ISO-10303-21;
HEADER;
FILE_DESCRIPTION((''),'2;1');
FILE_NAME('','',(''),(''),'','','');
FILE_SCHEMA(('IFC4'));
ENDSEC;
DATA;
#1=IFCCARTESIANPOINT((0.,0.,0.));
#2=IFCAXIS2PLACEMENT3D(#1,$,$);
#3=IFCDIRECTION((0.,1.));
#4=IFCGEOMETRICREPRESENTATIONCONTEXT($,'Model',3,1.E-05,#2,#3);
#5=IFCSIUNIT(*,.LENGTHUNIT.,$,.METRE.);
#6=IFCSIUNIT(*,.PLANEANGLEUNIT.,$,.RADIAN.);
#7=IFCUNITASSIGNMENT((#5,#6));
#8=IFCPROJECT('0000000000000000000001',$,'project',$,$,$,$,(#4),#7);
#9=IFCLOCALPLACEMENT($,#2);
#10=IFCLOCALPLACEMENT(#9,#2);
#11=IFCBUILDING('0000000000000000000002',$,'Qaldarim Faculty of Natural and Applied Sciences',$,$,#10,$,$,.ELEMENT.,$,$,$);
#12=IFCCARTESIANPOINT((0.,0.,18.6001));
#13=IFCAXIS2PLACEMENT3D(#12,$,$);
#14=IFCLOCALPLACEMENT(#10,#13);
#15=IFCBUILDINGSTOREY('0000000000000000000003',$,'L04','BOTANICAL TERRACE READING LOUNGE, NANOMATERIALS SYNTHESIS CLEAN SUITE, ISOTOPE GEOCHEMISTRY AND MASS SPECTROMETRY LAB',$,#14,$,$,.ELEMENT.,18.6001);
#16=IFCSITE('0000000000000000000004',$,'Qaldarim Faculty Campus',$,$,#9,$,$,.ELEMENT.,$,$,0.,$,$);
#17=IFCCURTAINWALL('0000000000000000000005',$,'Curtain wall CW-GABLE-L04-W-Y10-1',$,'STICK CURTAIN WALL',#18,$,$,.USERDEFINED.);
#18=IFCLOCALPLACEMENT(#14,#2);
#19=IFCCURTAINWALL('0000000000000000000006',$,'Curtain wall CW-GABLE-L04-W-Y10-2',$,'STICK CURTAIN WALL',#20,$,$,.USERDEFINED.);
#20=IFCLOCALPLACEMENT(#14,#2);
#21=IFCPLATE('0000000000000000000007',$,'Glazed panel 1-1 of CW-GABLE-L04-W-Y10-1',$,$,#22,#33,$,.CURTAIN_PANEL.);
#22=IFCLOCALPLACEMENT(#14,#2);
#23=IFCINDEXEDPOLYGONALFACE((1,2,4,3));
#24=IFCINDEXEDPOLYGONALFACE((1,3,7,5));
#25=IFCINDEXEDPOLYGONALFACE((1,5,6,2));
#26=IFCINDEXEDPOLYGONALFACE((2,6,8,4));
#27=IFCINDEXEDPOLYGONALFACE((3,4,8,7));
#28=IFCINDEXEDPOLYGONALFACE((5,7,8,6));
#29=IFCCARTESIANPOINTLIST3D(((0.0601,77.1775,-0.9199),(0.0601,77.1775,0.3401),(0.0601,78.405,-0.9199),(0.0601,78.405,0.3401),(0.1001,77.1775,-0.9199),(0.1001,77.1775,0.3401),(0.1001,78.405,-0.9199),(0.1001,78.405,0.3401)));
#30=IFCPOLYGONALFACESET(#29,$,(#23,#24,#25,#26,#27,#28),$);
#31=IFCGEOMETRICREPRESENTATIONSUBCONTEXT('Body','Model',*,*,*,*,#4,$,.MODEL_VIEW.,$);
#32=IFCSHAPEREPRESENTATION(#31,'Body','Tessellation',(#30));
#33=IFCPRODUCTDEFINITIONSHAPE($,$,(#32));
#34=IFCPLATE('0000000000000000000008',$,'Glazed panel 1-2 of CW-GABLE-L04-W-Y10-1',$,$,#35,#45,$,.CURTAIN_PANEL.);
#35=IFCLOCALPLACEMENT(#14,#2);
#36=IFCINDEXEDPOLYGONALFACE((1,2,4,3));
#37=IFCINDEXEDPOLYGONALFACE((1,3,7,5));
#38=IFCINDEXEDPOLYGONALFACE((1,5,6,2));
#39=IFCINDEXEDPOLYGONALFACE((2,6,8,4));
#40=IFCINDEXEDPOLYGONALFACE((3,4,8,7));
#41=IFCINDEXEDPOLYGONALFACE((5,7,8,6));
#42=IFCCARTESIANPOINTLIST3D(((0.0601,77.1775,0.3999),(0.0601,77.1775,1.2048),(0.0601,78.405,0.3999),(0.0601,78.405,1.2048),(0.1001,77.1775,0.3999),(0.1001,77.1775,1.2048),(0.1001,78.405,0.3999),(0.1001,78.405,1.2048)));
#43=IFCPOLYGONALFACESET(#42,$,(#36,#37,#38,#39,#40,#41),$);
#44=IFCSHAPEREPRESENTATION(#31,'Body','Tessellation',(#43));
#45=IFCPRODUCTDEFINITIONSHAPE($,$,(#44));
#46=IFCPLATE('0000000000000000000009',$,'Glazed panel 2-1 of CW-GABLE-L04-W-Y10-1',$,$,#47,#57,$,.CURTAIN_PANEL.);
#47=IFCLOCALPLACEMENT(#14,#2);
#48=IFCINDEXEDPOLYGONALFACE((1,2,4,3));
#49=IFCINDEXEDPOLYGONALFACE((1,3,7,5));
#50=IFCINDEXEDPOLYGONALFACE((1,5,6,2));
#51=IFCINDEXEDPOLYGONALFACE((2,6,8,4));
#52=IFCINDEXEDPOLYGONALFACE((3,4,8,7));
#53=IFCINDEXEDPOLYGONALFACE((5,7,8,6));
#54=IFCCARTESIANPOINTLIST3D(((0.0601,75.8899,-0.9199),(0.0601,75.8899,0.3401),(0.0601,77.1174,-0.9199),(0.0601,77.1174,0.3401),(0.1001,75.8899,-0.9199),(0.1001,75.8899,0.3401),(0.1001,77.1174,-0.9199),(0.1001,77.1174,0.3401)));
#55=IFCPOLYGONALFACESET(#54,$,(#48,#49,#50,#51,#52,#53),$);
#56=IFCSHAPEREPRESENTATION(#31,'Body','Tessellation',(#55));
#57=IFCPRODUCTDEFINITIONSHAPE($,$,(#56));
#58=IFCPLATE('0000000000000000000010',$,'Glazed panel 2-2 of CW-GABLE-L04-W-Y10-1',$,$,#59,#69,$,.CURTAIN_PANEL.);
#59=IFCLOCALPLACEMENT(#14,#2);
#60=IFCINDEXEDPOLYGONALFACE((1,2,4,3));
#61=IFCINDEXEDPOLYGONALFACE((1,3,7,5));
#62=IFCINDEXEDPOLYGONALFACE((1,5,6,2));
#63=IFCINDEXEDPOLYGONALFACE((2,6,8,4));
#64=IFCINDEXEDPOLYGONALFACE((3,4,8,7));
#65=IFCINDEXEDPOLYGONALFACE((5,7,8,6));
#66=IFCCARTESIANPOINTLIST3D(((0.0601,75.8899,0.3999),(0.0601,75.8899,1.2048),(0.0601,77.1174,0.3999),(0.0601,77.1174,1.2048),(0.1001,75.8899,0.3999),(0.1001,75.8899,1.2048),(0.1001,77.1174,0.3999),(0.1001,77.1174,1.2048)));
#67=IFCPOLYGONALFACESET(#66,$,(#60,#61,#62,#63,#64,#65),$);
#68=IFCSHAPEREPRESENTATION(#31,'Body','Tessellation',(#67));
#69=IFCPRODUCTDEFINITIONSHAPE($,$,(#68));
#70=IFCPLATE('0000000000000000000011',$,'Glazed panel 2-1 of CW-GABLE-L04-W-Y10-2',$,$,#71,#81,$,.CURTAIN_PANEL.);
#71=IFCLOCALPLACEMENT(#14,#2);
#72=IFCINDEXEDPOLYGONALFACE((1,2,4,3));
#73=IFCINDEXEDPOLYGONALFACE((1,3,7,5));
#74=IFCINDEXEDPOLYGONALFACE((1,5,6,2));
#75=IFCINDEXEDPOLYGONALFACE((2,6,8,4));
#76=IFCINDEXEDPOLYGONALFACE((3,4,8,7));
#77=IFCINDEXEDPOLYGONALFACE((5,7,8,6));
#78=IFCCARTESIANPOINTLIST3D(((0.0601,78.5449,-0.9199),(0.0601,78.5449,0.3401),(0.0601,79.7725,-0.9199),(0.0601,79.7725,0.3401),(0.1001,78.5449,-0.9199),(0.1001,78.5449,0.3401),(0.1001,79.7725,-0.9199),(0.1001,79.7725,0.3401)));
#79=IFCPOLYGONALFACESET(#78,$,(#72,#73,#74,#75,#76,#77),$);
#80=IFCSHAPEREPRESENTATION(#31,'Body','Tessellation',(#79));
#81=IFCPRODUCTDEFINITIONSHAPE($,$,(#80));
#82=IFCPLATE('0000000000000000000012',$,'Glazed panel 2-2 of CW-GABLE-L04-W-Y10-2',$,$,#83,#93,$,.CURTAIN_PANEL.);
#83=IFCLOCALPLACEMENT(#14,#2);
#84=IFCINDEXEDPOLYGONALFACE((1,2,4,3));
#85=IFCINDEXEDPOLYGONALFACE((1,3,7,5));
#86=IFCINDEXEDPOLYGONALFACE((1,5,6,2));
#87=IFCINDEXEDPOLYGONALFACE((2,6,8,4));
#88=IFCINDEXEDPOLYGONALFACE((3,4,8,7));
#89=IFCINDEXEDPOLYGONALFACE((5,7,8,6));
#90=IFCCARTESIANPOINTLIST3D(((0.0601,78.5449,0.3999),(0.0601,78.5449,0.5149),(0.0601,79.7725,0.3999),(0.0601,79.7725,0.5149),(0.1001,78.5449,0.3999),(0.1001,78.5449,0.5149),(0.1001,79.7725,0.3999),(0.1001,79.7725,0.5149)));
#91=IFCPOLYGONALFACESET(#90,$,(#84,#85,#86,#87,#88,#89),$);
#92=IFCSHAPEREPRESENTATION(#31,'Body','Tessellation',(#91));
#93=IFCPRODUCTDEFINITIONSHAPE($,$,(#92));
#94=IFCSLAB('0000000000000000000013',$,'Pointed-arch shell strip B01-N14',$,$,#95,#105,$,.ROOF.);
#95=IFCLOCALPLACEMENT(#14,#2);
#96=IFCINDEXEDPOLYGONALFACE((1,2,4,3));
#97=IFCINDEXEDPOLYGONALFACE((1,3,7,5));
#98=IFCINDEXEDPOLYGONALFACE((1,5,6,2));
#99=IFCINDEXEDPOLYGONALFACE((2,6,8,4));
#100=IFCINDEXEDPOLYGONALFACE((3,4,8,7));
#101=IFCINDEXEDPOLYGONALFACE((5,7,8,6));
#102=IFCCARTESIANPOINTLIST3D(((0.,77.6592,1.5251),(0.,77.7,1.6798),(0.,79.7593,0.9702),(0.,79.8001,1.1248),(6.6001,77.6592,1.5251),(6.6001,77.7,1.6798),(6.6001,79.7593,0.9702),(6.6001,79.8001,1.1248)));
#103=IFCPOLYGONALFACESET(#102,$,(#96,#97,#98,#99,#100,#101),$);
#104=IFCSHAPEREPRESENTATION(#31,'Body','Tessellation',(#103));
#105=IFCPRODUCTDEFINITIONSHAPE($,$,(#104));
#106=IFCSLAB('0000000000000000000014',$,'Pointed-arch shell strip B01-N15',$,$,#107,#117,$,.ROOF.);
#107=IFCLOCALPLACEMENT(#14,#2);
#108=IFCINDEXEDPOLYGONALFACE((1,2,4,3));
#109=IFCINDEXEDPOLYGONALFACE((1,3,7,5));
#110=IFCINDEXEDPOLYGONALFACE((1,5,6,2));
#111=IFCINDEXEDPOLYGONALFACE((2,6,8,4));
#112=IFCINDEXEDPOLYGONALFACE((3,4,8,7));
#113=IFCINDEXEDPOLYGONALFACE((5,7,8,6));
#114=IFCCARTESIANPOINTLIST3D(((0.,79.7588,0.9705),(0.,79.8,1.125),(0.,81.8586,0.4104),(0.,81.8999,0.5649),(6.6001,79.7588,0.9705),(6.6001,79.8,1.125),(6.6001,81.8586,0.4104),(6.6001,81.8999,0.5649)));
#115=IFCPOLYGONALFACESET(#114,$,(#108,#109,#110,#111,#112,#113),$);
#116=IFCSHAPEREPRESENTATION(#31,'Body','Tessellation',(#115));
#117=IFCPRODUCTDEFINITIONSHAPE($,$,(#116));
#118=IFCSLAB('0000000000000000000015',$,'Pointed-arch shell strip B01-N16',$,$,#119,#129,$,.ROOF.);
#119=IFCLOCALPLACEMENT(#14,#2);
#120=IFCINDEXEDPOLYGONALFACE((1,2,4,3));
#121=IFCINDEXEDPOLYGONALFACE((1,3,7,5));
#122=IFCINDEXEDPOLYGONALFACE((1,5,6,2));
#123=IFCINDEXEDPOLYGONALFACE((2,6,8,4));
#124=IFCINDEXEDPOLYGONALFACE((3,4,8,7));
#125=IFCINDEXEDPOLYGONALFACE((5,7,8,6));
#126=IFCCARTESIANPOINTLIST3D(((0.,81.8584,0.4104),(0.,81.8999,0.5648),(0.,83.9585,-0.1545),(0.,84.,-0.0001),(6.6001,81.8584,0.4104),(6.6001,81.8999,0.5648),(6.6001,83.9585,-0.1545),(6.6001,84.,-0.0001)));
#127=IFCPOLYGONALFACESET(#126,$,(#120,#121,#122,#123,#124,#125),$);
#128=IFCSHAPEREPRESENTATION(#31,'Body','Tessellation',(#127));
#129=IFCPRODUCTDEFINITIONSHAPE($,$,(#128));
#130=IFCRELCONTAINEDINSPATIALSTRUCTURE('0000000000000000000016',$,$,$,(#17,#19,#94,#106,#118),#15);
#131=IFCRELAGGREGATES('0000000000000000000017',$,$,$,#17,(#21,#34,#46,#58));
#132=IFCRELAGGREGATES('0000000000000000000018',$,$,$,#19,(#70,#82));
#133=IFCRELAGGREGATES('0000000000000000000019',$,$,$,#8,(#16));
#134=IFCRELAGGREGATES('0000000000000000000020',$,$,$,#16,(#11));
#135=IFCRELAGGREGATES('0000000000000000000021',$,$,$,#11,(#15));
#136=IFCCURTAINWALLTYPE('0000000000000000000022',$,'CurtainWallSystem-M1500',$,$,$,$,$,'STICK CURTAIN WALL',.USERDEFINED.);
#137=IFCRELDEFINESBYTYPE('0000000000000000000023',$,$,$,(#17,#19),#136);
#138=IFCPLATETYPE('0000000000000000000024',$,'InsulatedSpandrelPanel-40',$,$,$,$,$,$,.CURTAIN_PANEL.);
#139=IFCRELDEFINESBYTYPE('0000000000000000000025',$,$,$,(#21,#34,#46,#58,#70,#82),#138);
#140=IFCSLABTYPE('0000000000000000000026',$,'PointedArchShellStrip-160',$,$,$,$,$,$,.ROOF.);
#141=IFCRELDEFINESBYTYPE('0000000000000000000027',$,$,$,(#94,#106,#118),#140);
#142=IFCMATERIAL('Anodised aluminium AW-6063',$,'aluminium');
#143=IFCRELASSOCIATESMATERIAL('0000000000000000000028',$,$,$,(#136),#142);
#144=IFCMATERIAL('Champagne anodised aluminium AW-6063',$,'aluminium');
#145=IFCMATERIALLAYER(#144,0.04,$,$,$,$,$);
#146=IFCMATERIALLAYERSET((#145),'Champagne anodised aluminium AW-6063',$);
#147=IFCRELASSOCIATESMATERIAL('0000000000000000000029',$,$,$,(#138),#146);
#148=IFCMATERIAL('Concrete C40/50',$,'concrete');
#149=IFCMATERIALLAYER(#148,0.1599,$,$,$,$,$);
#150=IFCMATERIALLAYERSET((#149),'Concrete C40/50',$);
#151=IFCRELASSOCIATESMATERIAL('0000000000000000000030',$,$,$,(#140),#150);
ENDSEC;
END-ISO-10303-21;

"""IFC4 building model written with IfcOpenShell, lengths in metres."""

from ifc_helpers import new_model, si_unit, direction, frame, origin, origin_2d, place, context, subcontext, project, spatial, polyline, rectangle, outline, extrude, material, layer, layer_set, type_object, element, aggregate, save


model = new_model("IFC4")

# Units and contexts
model_context = context("Model", 3, precision=1e-05, world=origin(), true_north=direction((0.0, 1.0)))
body_context = subcontext(model_context, "Body", "Model", "MODEL_VIEW")
ifc_project = project(units=[si_unit("LENGTHUNIT", "METRE"), si_unit("PLANEANGLEUNIT", "RADIAN")], contexts=[model_context])

# Site, building, storey
site_placement = place(None, origin())
site = spatial("IfcSite", under=ifc_project, at=site_placement, Name="Qaldarim Faculty Campus", CompositionType="ELEMENT", RefElevation=0.0)
building_placement = place(site_placement, origin())
building = spatial("IfcBuilding", under=site, at=building_placement, Name="Qaldarim Faculty of Natural and Applied Sciences", CompositionType="ELEMENT")
storey_placement = place(building_placement, frame((0.0, 0.0, 18.6001)))
storey = spatial("IfcBuildingStorey", under=building, at=storey_placement, Name="L04", Description="BOTANICAL TERRACE READING LOUNGE, NANOMATERIALS SYNTHESIS CLEAN SUITE, ISOTOPE GEOCHEMISTRY AND MASS SPECTROMETRY LAB", CompositionType="ELEMENT", Elevation=18.6001)

# Curtain wall
ifc_material_1 = material(Name="Anodised aluminium AW-6063", Category="aluminium")
curtain_wall_type = type_object("IfcCurtainWallType", Name="CurtainWallSystem-M1500", ElementType="STICK CURTAIN WALL", PredefinedType="USERDEFINED", material=ifc_material_1)
curtain_wall_1_placement = place(storey_placement, origin())
curtain_wall_1 = element("IfcCurtainWall", 1, at=curtain_wall_1_placement, inside=storey, type_object=curtain_wall_type, Name="Curtain wall CW-GABLE-L04-W-Y10-1", ObjectType="STICK CURTAIN WALL", PredefinedType="USERDEFINED")

# Curtain wall
curtain_wall_2_placement = place(storey_placement, origin())
curtain_wall_2 = element("IfcCurtainWall", 2, at=curtain_wall_2_placement, inside=storey, type_object=curtain_wall_type, Name="Curtain wall CW-GABLE-L04-W-Y10-2", ObjectType="STICK CURTAIN WALL", PredefinedType="USERDEFINED")

# Plates
ifc_material_2 = material(Name="Champagne anodised aluminium AW-6063", Category="aluminium")
ifc_layer_1 = layer(ifc_material_2, 0.04)
ifc_layer_set_1 = layer_set([ifc_layer_1], Name="Champagne anodised aluminium AW-6063")
plate_type = type_object("IfcPlateType", Name="InsulatedSpandrelPanel-40", PredefinedType="CURTAIN_PANEL", material=ifc_layer_set_1)
plate_1_placement = place(storey_placement, frame((0.0801, 77.7913, -0.9199), z_axis=(0.0, 0.0, 1.0), x_axis=(0.0, -1.0, 0.0)))
plate_1 = element("IfcPlate", 3, at=plate_1_placement, type_object=plate_type, Name="Glazed panel 1-1 of CW-GABLE-L04-W-Y10-1", PredefinedType="CURTAIN_PANEL", context=body_context, shape_type="SweptSolid", body=[
    extrude(rectangle(XDim=1.2275, YDim=0.04, at=origin_2d()), origin(), (0.0, 0.0, 1.0), 1.26),
])
plate_2_placement = place(storey_placement, frame((0.0801, 77.7913, 0.3999), z_axis=(0.0, 0.0, 1.0), x_axis=(0.0, -1.0, 0.0)))
plate_2 = element("IfcPlate", 4, at=plate_2_placement, type_object=plate_type, Name="Glazed panel 1-2 of CW-GABLE-L04-W-Y10-1", PredefinedType="CURTAIN_PANEL", context=body_context, shape_type="SweptSolid", body=[
    extrude(rectangle(XDim=1.2275, YDim=0.04, at=origin_2d()), origin(), (0.0, 0.0, 1.0), 0.8049),
])
plate_3_placement = place(storey_placement, frame((0.0801, 76.5037, -0.9199), z_axis=(0.0, 0.0, 1.0), x_axis=(0.0, -1.0, 0.0)))
plate_3 = element("IfcPlate", 5, at=plate_3_placement, type_object=plate_type, Name="Glazed panel 2-1 of CW-GABLE-L04-W-Y10-1", PredefinedType="CURTAIN_PANEL", context=body_context, shape_type="SweptSolid", body=[
    extrude(rectangle(XDim=1.2275, YDim=0.04, at=origin_2d()), origin(), (0.0, 0.0, 1.0), 1.26),
])
plate_4_placement = place(storey_placement, frame((0.0801, 76.5037, 0.3999), z_axis=(0.0, 0.0, 1.0), x_axis=(0.0, -1.0, 0.0)))
plate_4 = element("IfcPlate", 6, at=plate_4_placement, type_object=plate_type, Name="Glazed panel 2-2 of CW-GABLE-L04-W-Y10-1", PredefinedType="CURTAIN_PANEL", context=body_context, shape_type="SweptSolid", body=[
    extrude(rectangle(XDim=1.2275, YDim=0.04, at=origin_2d()), origin(), (0.0, 0.0, 1.0), 0.8049),
])
aggregate(curtain_wall_1, [plate_1, plate_2, plate_3, plate_4])
plate_5_placement = place(storey_placement, frame((0.0801, 79.1587, -0.9199), z_axis=(0.0, 0.0, 1.0), x_axis=(0.0, -1.0, 0.0)))
plate_5 = element("IfcPlate", 7, at=plate_5_placement, type_object=plate_type, Name="Glazed panel 2-1 of CW-GABLE-L04-W-Y10-2", PredefinedType="CURTAIN_PANEL", context=body_context, shape_type="SweptSolid", body=[
    extrude(rectangle(XDim=1.2275, YDim=0.04, at=origin_2d()), origin(), (0.0, 0.0, 1.0), 1.26),
])
plate_6_placement = place(storey_placement, frame((0.0801, 79.1587, 0.3999), z_axis=(0.0, 0.0, 1.0), x_axis=(0.0, -1.0, 0.0)))
plate_6 = element("IfcPlate", 8, at=plate_6_placement, type_object=plate_type, Name="Glazed panel 2-2 of CW-GABLE-L04-W-Y10-2", PredefinedType="CURTAIN_PANEL", context=body_context, shape_type="SweptSolid", body=[
    extrude(rectangle(XDim=1.2275, YDim=0.04, at=origin_2d()), origin(), (0.0, 0.0, 1.0), 0.115),
])
aggregate(curtain_wall_2, [plate_5, plate_6])

# Slabs
ifc_material_3 = material(Name="Concrete C40/50", Category="concrete")
ifc_layer_2 = layer(ifc_material_3, 0.1599)
ifc_layer_set_2 = layer_set([ifc_layer_2], Name="Concrete C40/50")
slab_type = type_object("IfcSlabType", Name="PointedArchShellStrip-160", PredefinedType="ROOF", material=ifc_layer_set_2)
slab_1_placement = place(storey_placement, frame((0.0, 77.6592, 1.5251), z_axis=(0.0, 0.255472, 0.966816), x_axis=(1.0, 0.0, 0.0)))
element("IfcSlab", 9, at=slab_1_placement, inside=storey, type_object=slab_type, Name="Pointed-arch shell strip B01-N14", PredefinedType="ROOF", context=body_context, shape_type="SweptSolid", body=[
    extrude(outline(polyline([(0.0, 0.0), (6.6001, 0.0), (6.6001, 2.1722), (0.0, 2.1722), (0.0, 0.0)])), origin(), (0.0, 0.0, 1.0), 0.1599),
])
slab_2_placement = place(storey_placement, frame((0.0, 79.7588, 0.9705), z_axis=(0.0, 0.257705, 0.966224), x_axis=(1.0, 0.0, 0.0)))
element("IfcSlab", 10, at=slab_2_placement, inside=storey, type_object=slab_type, Name="Pointed-arch shell strip B01-N15", PredefinedType="ROOF", context=body_context, shape_type="SweptSolid", body=[
    extrude(outline(polyline([(0.0, 0.0), (6.6001, 0.0), (6.6001, 2.1733), (0.0, 2.1733), (0.0, 0.0)])), origin(), (0.0, 0.0, 1.0), 0.1599),
])
slab_3_placement = place(storey_placement, frame((0.0, 81.8584, 0.4104), z_axis=(0.0, 0.259772, 0.96567), x_axis=(1.0, 0.0, 0.0)))
element("IfcSlab", 11, at=slab_3_placement, inside=storey, type_object=slab_type, Name="Pointed-arch shell strip B01-N16", PredefinedType="ROOF", context=body_context, shape_type="SweptSolid", body=[
    extrude(outline(polyline([(0.0, 0.0), (6.6001, 0.0), (6.6001, 2.1748), (0.0, 2.1748), (0.0, 0.0)])), origin(), (0.0, 0.0, 1.0), 0.1599),
])

save(model, "model.ifc")
